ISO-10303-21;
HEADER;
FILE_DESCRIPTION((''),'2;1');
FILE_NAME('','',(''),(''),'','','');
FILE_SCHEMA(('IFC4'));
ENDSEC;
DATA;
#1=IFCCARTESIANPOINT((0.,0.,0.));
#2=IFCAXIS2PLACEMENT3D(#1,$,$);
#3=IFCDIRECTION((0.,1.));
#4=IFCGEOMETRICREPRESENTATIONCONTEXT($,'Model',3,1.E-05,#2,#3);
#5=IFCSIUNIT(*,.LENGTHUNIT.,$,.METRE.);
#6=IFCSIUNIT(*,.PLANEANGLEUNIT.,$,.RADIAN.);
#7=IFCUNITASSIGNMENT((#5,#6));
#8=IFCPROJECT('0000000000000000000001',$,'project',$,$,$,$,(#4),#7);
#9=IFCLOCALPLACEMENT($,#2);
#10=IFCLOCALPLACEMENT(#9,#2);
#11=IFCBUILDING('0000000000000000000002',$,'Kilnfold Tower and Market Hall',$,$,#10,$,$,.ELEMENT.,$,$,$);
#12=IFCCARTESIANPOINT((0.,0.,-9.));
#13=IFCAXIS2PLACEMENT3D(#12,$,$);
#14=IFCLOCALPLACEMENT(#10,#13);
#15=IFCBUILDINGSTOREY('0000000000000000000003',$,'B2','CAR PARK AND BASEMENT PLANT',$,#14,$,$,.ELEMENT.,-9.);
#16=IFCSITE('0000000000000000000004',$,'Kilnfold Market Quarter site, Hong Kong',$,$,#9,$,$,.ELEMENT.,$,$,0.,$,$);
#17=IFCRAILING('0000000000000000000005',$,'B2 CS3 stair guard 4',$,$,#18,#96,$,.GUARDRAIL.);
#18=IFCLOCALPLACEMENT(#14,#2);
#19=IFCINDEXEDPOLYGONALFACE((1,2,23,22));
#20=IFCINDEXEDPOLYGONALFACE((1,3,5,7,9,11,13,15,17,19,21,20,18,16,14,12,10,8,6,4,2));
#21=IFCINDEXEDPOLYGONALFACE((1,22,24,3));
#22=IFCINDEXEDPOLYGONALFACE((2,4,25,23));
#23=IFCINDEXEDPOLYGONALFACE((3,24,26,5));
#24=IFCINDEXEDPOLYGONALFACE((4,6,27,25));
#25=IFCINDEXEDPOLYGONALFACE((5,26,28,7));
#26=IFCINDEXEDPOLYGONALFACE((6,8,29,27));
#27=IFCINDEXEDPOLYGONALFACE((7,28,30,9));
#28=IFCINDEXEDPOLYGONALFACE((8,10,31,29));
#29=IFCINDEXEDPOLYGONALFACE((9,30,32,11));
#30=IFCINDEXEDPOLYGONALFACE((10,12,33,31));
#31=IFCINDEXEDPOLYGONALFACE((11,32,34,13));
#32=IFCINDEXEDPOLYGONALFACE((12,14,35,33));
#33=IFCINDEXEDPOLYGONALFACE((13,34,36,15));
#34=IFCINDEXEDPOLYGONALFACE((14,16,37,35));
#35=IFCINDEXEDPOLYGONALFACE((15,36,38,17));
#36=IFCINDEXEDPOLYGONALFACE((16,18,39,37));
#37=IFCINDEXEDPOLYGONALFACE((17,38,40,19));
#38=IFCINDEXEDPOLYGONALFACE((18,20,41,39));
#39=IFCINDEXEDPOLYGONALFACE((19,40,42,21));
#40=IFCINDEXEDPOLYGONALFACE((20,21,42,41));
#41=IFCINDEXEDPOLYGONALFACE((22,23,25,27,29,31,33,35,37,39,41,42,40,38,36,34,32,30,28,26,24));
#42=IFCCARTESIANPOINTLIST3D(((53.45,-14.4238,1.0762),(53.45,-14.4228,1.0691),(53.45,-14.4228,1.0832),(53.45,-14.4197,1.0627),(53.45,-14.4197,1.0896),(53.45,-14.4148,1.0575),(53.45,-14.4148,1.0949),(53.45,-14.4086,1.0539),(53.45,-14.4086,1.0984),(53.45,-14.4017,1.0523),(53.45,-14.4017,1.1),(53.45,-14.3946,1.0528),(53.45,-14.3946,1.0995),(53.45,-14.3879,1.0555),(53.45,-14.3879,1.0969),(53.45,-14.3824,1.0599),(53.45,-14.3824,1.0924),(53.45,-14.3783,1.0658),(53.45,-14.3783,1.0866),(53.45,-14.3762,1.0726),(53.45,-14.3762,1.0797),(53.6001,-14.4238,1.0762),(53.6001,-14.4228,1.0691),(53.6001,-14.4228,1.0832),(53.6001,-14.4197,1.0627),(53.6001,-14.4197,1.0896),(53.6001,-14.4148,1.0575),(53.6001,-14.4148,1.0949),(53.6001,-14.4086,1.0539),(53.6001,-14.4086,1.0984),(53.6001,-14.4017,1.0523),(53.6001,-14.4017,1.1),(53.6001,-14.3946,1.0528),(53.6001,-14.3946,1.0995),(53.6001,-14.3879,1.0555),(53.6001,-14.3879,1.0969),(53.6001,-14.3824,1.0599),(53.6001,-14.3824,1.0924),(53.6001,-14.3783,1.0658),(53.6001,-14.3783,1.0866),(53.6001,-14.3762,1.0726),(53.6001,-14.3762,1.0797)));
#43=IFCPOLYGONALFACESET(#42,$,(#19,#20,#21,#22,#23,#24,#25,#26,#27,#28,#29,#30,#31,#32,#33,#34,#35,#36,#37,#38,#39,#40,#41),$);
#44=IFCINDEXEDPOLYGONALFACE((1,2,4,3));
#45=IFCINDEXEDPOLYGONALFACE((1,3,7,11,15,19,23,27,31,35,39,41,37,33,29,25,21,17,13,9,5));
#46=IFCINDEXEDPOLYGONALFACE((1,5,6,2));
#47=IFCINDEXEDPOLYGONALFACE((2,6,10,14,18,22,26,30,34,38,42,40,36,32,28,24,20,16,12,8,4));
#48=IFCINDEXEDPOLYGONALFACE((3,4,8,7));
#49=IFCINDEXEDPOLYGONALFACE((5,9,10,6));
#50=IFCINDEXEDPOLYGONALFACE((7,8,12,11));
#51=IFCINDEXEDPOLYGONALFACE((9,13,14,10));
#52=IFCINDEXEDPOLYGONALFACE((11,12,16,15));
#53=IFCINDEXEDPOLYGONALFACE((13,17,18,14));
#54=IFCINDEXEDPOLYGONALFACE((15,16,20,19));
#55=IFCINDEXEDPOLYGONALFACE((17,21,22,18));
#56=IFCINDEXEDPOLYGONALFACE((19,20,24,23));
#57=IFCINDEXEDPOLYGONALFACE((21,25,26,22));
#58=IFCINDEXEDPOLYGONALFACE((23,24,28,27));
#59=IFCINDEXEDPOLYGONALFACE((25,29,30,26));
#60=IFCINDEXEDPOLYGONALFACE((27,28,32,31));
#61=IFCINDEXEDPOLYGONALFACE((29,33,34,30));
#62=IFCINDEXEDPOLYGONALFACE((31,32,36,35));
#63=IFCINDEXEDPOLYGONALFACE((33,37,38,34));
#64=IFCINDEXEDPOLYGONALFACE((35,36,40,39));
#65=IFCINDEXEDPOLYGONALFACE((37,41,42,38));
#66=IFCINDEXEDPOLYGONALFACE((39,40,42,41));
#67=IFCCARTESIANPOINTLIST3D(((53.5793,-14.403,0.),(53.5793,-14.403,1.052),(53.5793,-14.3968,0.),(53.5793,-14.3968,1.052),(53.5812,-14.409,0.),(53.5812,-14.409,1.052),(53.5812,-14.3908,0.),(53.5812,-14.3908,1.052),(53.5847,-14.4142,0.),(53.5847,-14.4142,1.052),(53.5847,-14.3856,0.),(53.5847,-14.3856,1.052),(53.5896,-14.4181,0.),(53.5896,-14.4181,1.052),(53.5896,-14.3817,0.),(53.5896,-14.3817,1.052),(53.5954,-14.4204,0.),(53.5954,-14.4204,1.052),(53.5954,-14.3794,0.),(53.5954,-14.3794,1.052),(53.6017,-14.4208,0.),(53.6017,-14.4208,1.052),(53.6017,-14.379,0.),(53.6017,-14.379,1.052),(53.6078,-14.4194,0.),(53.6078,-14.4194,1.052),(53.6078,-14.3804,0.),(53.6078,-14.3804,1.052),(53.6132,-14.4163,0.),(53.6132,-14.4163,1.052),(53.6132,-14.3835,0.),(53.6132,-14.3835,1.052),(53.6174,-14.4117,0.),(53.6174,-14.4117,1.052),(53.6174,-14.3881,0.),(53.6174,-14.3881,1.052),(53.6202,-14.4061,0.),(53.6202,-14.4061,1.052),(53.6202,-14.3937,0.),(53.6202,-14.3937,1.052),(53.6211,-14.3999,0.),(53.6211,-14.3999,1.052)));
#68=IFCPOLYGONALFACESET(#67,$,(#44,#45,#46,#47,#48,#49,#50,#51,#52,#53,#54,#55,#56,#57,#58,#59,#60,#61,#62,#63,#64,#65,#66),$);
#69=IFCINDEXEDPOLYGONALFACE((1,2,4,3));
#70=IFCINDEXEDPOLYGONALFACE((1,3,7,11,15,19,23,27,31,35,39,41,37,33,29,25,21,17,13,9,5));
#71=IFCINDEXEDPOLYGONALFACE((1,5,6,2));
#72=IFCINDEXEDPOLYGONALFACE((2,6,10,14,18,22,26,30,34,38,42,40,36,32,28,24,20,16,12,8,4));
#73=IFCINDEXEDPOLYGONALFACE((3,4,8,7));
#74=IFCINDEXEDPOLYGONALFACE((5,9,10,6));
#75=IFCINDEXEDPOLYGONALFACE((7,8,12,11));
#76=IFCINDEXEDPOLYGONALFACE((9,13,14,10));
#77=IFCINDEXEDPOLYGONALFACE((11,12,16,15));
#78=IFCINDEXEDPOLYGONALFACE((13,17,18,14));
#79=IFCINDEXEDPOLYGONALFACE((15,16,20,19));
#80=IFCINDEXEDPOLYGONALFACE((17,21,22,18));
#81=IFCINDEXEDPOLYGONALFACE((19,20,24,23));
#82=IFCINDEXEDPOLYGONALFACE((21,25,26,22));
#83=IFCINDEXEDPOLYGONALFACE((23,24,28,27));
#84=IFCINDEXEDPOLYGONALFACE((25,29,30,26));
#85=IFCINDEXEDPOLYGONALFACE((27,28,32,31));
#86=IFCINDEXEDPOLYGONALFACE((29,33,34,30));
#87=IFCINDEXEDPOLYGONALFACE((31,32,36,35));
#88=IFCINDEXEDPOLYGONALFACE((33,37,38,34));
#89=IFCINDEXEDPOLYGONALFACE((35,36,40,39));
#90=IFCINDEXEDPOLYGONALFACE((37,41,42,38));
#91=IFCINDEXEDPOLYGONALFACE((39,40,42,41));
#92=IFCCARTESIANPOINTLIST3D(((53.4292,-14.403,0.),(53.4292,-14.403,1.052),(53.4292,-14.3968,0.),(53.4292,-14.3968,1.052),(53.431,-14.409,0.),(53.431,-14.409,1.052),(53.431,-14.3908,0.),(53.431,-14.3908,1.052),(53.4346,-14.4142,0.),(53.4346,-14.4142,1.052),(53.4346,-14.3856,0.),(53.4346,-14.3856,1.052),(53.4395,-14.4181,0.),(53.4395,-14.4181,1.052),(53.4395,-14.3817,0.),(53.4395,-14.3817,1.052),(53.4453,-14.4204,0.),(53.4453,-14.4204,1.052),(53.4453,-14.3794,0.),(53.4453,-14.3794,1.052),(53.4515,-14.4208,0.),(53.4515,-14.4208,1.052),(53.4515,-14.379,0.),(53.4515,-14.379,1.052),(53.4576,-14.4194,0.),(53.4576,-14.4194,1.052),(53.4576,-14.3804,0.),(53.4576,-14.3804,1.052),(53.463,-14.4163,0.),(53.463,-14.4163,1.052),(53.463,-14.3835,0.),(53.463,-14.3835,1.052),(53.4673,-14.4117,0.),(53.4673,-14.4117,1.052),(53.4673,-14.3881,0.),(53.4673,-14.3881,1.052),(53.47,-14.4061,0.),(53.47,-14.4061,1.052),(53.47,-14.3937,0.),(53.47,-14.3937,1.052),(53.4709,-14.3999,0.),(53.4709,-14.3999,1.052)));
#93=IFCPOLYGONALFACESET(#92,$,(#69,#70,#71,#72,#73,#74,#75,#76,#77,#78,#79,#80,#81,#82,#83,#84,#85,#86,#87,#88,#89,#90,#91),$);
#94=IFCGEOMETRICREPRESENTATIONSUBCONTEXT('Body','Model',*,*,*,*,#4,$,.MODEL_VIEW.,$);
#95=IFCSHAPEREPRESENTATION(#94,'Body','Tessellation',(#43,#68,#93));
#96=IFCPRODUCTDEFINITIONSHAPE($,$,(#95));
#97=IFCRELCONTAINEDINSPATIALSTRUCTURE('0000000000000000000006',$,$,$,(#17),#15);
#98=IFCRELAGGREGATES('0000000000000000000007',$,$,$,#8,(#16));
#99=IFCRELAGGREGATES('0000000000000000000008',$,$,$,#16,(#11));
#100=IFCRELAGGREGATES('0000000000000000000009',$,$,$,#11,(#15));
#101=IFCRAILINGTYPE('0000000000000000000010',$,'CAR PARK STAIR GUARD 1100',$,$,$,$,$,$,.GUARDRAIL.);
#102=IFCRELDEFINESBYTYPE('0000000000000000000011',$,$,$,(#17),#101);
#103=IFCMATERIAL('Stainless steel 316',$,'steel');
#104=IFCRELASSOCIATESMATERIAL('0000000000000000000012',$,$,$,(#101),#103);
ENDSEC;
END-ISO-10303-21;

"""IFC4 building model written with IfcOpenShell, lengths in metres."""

from ifc_helpers import new_model, si_unit, direction, frame, origin, origin_2d, place, context, subcontext, project, spatial, circle, extrude, material, type_object, element, save


model = new_model("IFC4")

# Units and contexts
model_context = context("Model", 3, precision=1e-05, world=origin(), true_north=direction((0.0, 1.0)))
body_context = subcontext(model_context, "Body", "Model", "MODEL_VIEW")
ifc_project = project(units=[si_unit("LENGTHUNIT", "METRE"), si_unit("PLANEANGLEUNIT", "RADIAN")], contexts=[model_context])

# Site, building, storey
site_placement = place(None, origin())
site = spatial("IfcSite", under=ifc_project, at=site_placement, Name="Kilnfold Market Quarter site, Hong Kong", CompositionType="ELEMENT", RefElevation=0.0)
building_placement = place(site_placement, origin())
building = spatial("IfcBuilding", under=site, at=building_placement, Name="Kilnfold Tower and Market Hall", CompositionType="ELEMENT")
storey_placement = place(building_placement, frame((0.0, 0.0, -9.0)))
storey = spatial("IfcBuildingStorey", under=building, at=storey_placement, Name="B2", Description="CAR PARK AND BASEMENT PLANT", CompositionType="ELEMENT", Elevation=-9.0)

# Railing
ifc_material_1 = material(Name="Stainless steel 316", Category="steel")
railing_type_1 = type_object("IfcRailingType", Name="CAR PARK STAIR GUARD 1100", PredefinedType="GUARDRAIL", material=ifc_material_1)
railing_1_placement = place(storey_placement, frame((53.6001, -14.3999, 0.0)))
element("IfcRailing", 1, at=railing_1_placement, inside=storey, type_object=railing_type_1, Name="B2 CS3 stair guard 4", PredefinedType="GUARDRAIL", context=body_context, shape_type="SweptSolid", body=[
    extrude(circle(Radius=0.0239, at=origin_2d()), frame((0.0, 0.0, 1.0762), z_axis=(-1.0, 0.0, 0.0), x_axis=(0.0, -1.0, 0.0)), (0.0, 0.0, 1.0), 0.1501),
    extrude(circle(Radius=0.021, at=origin_2d()), origin(), (0.0, 0.0, 1.0), 1.052),
    extrude(circle(Radius=0.021, at=origin_2d()), frame((-0.1501, 0.0, 0.0)), (0.0, 0.0, 1.0), 1.052),
])

save(model, "model.ifc")
